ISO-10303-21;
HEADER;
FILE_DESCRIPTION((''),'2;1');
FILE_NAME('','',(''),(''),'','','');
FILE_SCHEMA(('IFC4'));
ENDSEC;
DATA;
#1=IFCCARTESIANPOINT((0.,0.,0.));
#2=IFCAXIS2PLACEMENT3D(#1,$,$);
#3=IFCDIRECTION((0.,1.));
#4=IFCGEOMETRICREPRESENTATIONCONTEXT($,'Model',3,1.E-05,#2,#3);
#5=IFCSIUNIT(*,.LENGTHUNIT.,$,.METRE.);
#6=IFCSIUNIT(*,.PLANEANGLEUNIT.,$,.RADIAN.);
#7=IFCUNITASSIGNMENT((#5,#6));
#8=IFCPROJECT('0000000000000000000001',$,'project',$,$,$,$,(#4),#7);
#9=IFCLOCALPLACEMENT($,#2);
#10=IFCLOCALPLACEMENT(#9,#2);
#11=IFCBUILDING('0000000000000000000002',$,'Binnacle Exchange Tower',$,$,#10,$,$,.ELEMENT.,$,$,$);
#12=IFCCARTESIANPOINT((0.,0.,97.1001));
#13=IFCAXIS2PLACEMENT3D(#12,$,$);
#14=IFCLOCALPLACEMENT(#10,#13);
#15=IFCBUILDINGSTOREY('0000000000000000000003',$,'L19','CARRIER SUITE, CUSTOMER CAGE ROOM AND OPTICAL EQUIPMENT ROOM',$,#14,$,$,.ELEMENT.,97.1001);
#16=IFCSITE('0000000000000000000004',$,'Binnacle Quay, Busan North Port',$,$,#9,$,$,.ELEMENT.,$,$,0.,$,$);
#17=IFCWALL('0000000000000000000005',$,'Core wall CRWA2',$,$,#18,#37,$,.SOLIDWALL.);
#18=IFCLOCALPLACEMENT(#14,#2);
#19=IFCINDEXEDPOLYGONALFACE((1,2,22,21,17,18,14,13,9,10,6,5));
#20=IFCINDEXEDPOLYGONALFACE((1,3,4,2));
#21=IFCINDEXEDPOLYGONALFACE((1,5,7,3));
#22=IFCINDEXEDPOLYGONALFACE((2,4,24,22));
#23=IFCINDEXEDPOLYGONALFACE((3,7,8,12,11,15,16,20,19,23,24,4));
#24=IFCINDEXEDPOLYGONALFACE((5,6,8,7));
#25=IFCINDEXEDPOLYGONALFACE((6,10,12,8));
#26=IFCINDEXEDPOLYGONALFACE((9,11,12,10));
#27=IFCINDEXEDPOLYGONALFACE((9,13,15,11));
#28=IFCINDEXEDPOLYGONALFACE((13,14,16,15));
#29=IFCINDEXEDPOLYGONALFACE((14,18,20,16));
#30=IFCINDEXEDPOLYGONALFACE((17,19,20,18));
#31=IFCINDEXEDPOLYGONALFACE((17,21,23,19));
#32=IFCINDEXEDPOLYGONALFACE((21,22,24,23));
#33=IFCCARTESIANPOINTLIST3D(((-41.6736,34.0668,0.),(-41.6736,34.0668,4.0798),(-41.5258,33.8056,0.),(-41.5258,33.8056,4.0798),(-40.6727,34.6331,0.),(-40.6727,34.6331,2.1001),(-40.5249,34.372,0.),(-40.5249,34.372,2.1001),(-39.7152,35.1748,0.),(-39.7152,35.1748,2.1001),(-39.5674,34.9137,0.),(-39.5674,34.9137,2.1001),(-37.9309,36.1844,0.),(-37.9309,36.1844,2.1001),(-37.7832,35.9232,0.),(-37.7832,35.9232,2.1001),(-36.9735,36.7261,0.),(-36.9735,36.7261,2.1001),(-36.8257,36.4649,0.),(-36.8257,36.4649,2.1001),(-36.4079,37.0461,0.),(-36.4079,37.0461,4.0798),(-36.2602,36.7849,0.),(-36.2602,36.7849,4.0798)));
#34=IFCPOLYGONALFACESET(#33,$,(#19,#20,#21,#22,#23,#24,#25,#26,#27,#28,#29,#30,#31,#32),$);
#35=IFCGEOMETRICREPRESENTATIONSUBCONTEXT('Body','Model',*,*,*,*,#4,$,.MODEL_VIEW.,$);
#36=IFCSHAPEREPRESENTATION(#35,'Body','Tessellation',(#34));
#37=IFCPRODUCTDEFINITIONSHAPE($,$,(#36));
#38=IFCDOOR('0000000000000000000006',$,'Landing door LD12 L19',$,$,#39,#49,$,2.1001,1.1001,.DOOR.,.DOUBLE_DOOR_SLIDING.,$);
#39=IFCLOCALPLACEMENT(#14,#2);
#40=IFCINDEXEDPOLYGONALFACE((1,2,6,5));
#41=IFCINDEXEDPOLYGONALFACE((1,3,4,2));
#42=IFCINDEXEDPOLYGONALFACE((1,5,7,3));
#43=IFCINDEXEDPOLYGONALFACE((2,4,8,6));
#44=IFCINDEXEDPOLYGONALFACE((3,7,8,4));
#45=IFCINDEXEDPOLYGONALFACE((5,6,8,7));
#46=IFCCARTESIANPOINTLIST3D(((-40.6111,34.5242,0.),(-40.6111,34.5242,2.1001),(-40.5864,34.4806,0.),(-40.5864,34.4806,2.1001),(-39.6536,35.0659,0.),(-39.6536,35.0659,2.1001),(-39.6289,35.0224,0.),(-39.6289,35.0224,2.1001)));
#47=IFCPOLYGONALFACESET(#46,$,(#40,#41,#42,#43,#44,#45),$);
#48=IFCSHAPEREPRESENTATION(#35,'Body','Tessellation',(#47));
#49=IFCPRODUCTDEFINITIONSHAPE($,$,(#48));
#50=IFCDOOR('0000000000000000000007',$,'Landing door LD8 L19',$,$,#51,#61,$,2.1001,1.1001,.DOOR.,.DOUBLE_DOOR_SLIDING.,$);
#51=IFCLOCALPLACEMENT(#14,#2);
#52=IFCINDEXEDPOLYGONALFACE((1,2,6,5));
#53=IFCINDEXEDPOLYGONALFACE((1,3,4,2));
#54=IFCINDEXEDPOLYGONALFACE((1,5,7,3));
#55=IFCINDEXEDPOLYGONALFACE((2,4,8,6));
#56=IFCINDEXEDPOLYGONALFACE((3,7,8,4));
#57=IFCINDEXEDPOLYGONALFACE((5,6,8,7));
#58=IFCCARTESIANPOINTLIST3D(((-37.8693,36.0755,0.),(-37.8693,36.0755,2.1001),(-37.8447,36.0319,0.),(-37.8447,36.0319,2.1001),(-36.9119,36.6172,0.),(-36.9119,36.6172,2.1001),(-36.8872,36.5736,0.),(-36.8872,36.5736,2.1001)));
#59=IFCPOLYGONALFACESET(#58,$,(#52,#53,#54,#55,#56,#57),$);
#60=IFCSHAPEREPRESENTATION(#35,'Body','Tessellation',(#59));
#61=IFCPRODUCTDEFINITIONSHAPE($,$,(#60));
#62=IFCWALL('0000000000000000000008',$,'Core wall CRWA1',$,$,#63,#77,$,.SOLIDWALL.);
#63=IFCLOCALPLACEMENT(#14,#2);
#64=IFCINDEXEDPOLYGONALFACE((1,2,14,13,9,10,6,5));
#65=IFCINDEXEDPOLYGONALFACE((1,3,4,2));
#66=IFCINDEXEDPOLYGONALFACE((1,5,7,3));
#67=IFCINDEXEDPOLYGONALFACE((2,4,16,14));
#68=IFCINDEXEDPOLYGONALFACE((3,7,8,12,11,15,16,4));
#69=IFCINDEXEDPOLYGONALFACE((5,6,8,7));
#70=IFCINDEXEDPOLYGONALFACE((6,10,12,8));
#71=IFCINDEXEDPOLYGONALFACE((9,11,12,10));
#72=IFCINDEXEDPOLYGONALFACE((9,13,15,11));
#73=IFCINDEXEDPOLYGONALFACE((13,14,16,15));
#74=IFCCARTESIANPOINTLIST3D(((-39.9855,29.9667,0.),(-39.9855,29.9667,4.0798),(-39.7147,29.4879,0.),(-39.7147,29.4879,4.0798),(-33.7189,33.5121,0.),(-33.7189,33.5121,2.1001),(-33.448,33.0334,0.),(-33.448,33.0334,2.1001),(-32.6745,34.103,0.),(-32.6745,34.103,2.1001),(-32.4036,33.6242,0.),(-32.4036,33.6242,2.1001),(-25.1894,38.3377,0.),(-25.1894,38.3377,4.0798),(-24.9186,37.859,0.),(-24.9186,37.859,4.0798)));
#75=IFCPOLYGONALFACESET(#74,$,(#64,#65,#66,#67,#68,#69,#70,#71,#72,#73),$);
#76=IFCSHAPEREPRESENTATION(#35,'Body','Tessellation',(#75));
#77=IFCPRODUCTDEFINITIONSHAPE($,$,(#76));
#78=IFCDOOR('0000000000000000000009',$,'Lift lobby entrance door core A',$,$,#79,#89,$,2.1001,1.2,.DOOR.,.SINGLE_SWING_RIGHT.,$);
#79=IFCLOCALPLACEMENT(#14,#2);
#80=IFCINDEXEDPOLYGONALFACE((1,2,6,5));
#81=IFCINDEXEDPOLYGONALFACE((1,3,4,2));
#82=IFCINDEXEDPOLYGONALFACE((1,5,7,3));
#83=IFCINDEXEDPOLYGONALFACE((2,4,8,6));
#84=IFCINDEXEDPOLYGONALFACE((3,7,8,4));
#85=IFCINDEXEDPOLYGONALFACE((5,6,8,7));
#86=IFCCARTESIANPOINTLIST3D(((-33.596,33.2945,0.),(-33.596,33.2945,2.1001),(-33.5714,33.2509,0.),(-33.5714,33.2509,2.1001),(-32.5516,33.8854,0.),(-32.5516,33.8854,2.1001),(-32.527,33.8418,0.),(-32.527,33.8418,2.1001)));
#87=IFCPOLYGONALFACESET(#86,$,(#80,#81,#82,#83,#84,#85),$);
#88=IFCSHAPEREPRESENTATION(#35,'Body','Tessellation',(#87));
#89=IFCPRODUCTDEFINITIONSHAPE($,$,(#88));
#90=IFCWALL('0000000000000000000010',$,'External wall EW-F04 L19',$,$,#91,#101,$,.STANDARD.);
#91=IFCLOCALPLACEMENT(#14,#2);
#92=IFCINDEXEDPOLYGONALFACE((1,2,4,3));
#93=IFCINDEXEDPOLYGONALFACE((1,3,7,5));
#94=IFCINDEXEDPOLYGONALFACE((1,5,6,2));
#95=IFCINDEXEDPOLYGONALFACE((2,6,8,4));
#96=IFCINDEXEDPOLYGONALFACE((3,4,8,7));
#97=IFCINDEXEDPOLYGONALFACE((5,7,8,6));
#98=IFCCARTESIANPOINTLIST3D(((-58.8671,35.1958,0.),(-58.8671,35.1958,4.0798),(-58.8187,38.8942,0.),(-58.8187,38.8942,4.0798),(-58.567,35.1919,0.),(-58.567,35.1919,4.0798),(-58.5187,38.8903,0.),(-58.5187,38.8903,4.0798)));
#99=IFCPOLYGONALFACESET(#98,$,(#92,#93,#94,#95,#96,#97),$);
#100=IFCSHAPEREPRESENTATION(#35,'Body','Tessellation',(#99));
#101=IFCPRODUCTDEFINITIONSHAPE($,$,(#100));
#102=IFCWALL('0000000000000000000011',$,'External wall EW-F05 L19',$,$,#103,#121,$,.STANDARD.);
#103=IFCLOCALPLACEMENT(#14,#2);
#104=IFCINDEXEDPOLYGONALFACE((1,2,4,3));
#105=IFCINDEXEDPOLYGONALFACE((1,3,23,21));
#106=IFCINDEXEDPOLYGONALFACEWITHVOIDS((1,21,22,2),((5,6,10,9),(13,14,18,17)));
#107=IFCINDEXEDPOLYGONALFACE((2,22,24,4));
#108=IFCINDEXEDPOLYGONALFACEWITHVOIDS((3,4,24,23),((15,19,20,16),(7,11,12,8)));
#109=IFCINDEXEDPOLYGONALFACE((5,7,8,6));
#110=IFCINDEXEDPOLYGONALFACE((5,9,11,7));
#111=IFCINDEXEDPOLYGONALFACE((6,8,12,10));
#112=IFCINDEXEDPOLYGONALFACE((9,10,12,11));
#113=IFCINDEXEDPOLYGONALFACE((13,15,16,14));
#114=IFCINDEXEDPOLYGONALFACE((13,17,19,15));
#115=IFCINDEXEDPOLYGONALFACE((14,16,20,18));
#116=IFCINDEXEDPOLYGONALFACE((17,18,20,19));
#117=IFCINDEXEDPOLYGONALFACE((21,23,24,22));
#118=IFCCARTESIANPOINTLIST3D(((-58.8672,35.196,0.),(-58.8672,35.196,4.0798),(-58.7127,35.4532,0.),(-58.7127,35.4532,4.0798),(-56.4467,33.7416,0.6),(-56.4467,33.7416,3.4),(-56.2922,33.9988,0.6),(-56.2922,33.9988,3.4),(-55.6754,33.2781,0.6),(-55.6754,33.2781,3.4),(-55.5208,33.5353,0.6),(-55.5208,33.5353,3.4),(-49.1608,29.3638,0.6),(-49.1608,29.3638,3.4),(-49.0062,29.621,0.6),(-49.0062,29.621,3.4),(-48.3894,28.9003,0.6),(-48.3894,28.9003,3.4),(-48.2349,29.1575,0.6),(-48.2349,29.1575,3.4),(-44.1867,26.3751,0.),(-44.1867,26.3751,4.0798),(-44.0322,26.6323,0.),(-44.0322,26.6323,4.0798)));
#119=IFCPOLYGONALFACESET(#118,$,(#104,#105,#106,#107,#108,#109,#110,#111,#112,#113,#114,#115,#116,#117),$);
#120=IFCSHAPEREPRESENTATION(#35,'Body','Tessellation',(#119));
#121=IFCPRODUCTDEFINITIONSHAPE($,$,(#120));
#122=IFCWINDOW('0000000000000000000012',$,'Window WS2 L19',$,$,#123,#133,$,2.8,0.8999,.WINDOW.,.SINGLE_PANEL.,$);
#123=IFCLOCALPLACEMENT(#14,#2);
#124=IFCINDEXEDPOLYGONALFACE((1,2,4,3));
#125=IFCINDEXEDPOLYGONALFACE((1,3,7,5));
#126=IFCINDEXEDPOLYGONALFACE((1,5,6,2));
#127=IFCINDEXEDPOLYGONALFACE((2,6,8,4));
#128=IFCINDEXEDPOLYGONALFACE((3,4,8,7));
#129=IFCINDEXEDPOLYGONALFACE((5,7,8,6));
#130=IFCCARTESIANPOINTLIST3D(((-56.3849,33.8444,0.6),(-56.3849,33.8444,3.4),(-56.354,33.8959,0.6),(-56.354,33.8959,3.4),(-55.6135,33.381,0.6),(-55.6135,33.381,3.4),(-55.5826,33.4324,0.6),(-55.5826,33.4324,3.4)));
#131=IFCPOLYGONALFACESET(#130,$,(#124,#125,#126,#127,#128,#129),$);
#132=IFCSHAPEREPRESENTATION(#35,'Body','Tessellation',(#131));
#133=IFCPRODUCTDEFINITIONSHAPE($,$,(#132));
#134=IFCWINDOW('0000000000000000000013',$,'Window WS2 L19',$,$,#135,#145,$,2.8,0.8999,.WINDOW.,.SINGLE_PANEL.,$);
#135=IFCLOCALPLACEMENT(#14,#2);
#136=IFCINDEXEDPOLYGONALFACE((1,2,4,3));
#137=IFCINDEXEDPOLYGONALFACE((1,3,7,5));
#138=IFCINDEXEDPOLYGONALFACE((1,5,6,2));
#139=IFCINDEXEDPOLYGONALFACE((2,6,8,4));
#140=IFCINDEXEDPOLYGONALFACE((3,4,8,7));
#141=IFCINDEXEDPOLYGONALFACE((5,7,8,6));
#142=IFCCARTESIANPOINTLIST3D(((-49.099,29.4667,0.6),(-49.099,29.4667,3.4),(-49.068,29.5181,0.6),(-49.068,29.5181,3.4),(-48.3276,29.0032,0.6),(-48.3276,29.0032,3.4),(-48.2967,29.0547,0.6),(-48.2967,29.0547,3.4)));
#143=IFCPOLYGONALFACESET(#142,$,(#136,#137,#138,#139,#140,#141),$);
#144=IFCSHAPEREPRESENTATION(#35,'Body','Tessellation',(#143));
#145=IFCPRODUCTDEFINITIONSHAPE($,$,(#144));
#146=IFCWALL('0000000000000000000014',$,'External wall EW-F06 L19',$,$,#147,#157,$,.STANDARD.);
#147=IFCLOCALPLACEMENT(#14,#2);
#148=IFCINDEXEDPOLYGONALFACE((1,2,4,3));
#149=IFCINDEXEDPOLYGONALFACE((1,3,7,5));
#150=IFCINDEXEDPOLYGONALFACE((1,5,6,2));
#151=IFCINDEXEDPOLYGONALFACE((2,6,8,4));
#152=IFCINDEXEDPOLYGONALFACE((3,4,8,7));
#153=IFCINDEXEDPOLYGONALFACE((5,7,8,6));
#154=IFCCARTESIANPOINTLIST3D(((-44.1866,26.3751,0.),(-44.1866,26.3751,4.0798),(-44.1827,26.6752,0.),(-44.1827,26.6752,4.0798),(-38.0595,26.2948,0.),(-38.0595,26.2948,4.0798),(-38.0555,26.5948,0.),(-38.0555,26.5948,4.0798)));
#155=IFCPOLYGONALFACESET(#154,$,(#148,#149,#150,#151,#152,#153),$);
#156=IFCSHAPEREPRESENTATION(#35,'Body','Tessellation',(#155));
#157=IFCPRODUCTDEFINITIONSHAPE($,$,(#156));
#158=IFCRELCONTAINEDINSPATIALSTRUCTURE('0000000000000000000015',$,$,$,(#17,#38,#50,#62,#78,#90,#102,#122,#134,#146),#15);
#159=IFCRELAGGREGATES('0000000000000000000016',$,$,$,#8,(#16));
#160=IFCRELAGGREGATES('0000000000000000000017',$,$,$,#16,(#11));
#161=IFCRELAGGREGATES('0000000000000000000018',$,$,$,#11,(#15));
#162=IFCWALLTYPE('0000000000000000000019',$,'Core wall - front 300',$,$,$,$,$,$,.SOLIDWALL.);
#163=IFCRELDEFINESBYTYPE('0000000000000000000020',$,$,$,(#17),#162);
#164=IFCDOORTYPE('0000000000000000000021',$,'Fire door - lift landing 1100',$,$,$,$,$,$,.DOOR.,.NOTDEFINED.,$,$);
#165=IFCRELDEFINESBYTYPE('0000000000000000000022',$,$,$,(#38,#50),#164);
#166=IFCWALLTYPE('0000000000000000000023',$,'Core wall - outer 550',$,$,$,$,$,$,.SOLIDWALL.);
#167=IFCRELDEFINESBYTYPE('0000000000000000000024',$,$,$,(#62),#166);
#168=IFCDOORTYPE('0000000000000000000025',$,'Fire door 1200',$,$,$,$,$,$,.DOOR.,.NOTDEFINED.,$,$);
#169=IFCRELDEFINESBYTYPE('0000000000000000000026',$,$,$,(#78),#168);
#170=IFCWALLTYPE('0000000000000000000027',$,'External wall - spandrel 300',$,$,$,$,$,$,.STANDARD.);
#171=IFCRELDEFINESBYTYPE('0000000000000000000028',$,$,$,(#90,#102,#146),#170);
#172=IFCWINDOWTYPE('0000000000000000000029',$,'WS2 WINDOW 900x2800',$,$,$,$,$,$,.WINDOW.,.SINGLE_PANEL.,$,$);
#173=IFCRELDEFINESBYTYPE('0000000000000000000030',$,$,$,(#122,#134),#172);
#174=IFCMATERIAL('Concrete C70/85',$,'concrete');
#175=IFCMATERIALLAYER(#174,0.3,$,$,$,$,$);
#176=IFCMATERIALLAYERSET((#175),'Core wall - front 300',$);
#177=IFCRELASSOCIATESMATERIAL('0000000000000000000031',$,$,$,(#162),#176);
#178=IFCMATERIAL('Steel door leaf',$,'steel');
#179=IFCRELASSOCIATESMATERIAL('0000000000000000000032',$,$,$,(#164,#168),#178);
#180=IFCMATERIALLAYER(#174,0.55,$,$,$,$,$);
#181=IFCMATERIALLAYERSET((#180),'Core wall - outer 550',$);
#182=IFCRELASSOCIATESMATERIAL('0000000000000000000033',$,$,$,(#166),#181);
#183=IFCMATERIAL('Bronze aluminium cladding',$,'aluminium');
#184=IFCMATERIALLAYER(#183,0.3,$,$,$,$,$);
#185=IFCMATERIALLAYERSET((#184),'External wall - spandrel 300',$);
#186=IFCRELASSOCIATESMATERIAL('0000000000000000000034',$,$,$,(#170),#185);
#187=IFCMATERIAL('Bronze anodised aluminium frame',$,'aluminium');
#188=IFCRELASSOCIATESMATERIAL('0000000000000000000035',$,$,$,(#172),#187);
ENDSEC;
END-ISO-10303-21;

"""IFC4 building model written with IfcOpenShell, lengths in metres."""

from ifc_helpers import new_model, si_unit, direction, frame, frame_2d, origin, place, context, subcontext, project, spatial, rectangle, extrude, material, layer, layer_set, type_object, element, fill, save


model = new_model("IFC4")

# Units and contexts
model_context = context("Model", 3, precision=1e-05, world=origin(), true_north=direction((0.0, 1.0)))
body_context = subcontext(model_context, "Body", "Model", "MODEL_VIEW")
ifc_project = project(units=[si_unit("LENGTHUNIT", "METRE"), si_unit("PLANEANGLEUNIT", "RADIAN")], contexts=[model_context])

# Site, building, storey
site_placement = place(None, origin())
site = spatial("IfcSite", under=ifc_project, at=site_placement, Name="Binnacle Quay, Busan North Port", CompositionType="ELEMENT", RefElevation=0.0)
building_placement = place(site_placement, origin())
building = spatial("IfcBuilding", under=site, at=building_placement, Name="Binnacle Exchange Tower", CompositionType="ELEMENT")
storey_placement = place(building_placement, frame((0.0, 0.0, 97.1001)))
storey = spatial("IfcBuildingStorey", under=building, at=storey_placement, Name="L19", Description="CARRIER SUITE, CUSTOMER CAGE ROOM AND OPTICAL EQUIPMENT ROOM", CompositionType="ELEMENT", Elevation=97.1001)

# Shared definitions
ifc_material_1 = material(Name="Concrete C70/85", Category="concrete")

# Wall, openings, doors
ifc_layer_1 = layer(ifc_material_1, 0.3)
ifc_layer_set_1 = layer_set([ifc_layer_1], Name="Core wall - front 300")
wall_type_1 = type_object("IfcWallType", Name="Core wall - front 300", PredefinedType="SOLIDWALL", material=ifc_layer_set_1)
wall_1_placement = place(storey_placement, frame((-41.5996, 33.9363, 0.0), z_axis=(0.0, 0.0, 1.0), x_axis=(0.870349, 0.492436, 0.0)))
wall_1 = element("IfcWall", 1, at=wall_1_placement, inside=storey, type_object=wall_type_1, Name="Core wall CRWA2", PredefinedType="SOLIDWALL", context=body_context, shape_type="SweptSolid", body=[
    extrude(rectangle(XDim=6.05, YDim=0.3, at=frame_2d((3.0249, 0.0))), origin(), (0.0, 0.0, 1.0), 4.0798),
])
opening_1_placement = place(wall_1_placement, frame((1.1499, 0.0, 0.0)))
opening_1 = element("IfcOpeningElement", 2, at=opening_1_placement, cuts=wall_1, PredefinedType="OPENING", context=body_context, shape_type="SweptSolid", body=[
    extrude(rectangle(XDim=1.1001, YDim=2.1001, at=frame_2d((0.55, 1.05))), frame((0.0, 0.1599, 0.0), z_axis=(0.0, -1.0, 0.0), x_axis=(1.0, 0.0, 0.0)), (0.0, 0.0, 1.0), 0.3201),
])
opening_2_placement = place(wall_1_placement, frame((4.3, 0.0, 0.0)))
opening_2 = element("IfcOpeningElement", 3, at=opening_2_placement, cuts=wall_1, PredefinedType="OPENING", context=body_context, shape_type="SweptSolid", body=[
    extrude(rectangle(XDim=1.1001, YDim=2.1001, at=frame_2d((0.55, 1.05))), frame((0.0, 0.1599, 0.0), z_axis=(0.0, -1.0, 0.0), x_axis=(1.0, 0.0, 0.0)), (0.0, 0.0, 1.0), 0.3201),
])
ifc_material_2 = material(Name="Steel door leaf", Category="steel")
door_type_1 = type_object("IfcDoorType", Name="Fire door - lift landing 1100", OperationType="NOTDEFINED", PredefinedType="DOOR", material=ifc_material_2)
door_1_placement = place(opening_1_placement, origin())
door_1 = element("IfcDoor", 4, at=door_1_placement, inside=storey, type_object=door_type_1, Name="Landing door LD12 L19", OperationType="DOUBLE_DOOR_SLIDING", OverallHeight=2.1001, OverallWidth=1.1001, PredefinedType="DOOR", context=body_context, shape_type="SweptSolid", body=[
    extrude(rectangle(XDim=1.1001, YDim=2.1001, at=frame_2d((0.55, 1.05))), frame((0.0, 0.0249, 0.0), z_axis=(0.0, -1.0, 0.0), x_axis=(1.0, 0.0, 0.0)), (0.0, 0.0, 1.0), 0.05),
])
fill(opening_1, door_1)
door_2_placement = place(opening_2_placement, origin())
door_2 = element("IfcDoor", 5, at=door_2_placement, inside=storey, type_object=door_type_1, Name="Landing door LD8 L19", OperationType="DOUBLE_DOOR_SLIDING", OverallHeight=2.1001, OverallWidth=1.1001, PredefinedType="DOOR", context=body_context, shape_type="SweptSolid", body=[
    extrude(rectangle(XDim=1.1001, YDim=2.1001, at=frame_2d((0.55, 1.05))), frame((0.0, 0.0249, 0.0), z_axis=(0.0, -1.0, 0.0), x_axis=(1.0, 0.0, 0.0)), (0.0, 0.0, 1.0), 0.05),
])
fill(opening_2, door_2)

# Wall, opening, door
ifc_layer_2 = layer(ifc_material_1, 0.55)
ifc_layer_set_2 = layer_set([ifc_layer_2], Name="Core wall - outer 550")
wall_type_2 = type_object("IfcWallType", Name="Core wall - outer 550", PredefinedType="SOLIDWALL", material=ifc_layer_set_2)
wall_2_placement = place(storey_placement, frame((-39.8501, 29.7273, 0.0), z_axis=(0.0, 0.0, 1.0), x_axis=(0.87036, 0.492416, 0.0)))
wall_2 = element("IfcWall", 6, at=wall_2_placement, inside=storey, type_object=wall_type_2, Name="Core wall CRWA1", PredefinedType="SOLIDWALL", context=body_context, shape_type="SweptSolid", body=[
    extrude(rectangle(XDim=17.0, YDim=0.55, at=frame_2d((8.5, 0.0))), origin(), (0.0, 0.0, 1.0), 4.0798),
])
opening_3_placement = place(wall_2_placement, frame((7.2, 0.0, 0.0)))
opening_3 = element("IfcOpeningElement", 7, at=opening_3_placement, cuts=wall_2, PredefinedType="OPENING", context=body_context, shape_type="SweptSolid", body=[
    extrude(rectangle(XDim=1.2, YDim=2.1001, at=frame_2d((0.6001, 1.05))), frame((0.0, 0.2849, 0.0), z_axis=(0.0, -1.0, 0.0), x_axis=(1.0, 0.0, 0.0)), (0.0, 0.0, 1.0), 0.5701),
])
door_type_2 = type_object("IfcDoorType", Name="Fire door 1200", OperationType="NOTDEFINED", PredefinedType="DOOR", material=ifc_material_2)
door_3_placement = place(opening_3_placement, frame((1.2, 0.0, 0.0), z_axis=(0.0, 0.0, 1.0), x_axis=(-1.0, 0.0, 0.0)))
door_3 = element("IfcDoor", 8, at=door_3_placement, inside=storey, type_object=door_type_2, Name="Lift lobby entrance door core A", OperationType="SINGLE_SWING_RIGHT", OverallHeight=2.1001, OverallWidth=1.2, PredefinedType="DOOR", context=body_context, shape_type="SweptSolid", body=[
    extrude(rectangle(XDim=1.2, YDim=2.1001, at=frame_2d((0.6001, 1.05))), frame((0.0, 0.0249, 0.0), z_axis=(0.0, -1.0, 0.0), x_axis=(1.0, 0.0, 0.0)), (0.0, 0.0, 1.0), 0.05),
])
fill(opening_3, door_3)

# Wall
ifc_material_3 = material(Name="Bronze aluminium cladding", Category="aluminium")
ifc_layer_3 = layer(ifc_material_3, 0.3)
ifc_layer_set_3 = layer_set([ifc_layer_3], Name="External wall - spandrel 300")
wall_type_3 = type_object("IfcWallType", Name="External wall - spandrel 300", PredefinedType="STANDARD", material=ifc_layer_set_3)
wall_3_placement = place(storey_placement, frame((-58.717, 35.1938, 0.0), z_axis=(0.0, 0.0, 1.0), x_axis=(0.013069, 0.999915, 0.0)))
element("IfcWall", 9, at=wall_3_placement, inside=storey, type_object=wall_type_3, Name="External wall EW-F04 L19", PredefinedType="STANDARD", context=body_context, shape_type="SweptSolid", body=[
    extrude(rectangle(XDim=3.6987, YDim=0.3, at=frame_2d((1.8494, 0.0))), origin(), (0.0, 0.0, 1.0), 4.0798),
])

# Wall, openings, windows
wall_4_placement = place(storey_placement, frame((-44.1094, 26.5037, 0.0), z_axis=(0.0, 0.0, 1.0), x_axis=(-0.85717, 0.515034, 0.0)))
wall_4 = element("IfcWall", 10, at=wall_4_placement, inside=storey, type_object=wall_type_3, Name="External wall EW-F05 L19", PredefinedType="STANDARD", context=body_context, shape_type="SweptSolid", body=[
    extrude(rectangle(XDim=17.1267, YDim=0.3, at=frame_2d((8.5635, 0.0))), origin(), (0.0, 0.0, 1.0), 4.0798),
])
opening_4_placement = place(wall_4_placement, frame((13.4031, 0.0, 0.6001)))
opening_4 = element("IfcOpeningElement", 11, at=opening_4_placement, cuts=wall_4, PredefinedType="OPENING", context=body_context, shape_type="SweptSolid", body=[
    extrude(rectangle(XDim=0.8999, YDim=2.8, at=frame_2d((0.45, 1.3999))), frame((0.0, 0.1599, 0.0), z_axis=(0.0, -1.0, 0.0), x_axis=(1.0, 0.0, 0.0)), (0.0, 0.0, 1.0), 0.3201),
])
opening_5_placement = place(wall_4_placement, frame((4.9031, 0.0, 0.6001)))
opening_5 = element("IfcOpeningElement", 12, at=opening_5_placement, cuts=wall_4, PredefinedType="OPENING", context=body_context, shape_type="SweptSolid", body=[
    extrude(rectangle(XDim=0.8999, YDim=2.8, at=frame_2d((0.45, 1.3999))), frame((0.0, 0.1599, 0.0), z_axis=(0.0, -1.0, 0.0), x_axis=(1.0, 0.0, 0.0)), (0.0, 0.0, 1.0), 0.3201),
])
ifc_material_4 = material(Name="Bronze anodised aluminium frame", Category="aluminium")
window_type = type_object("IfcWindowType", Name="WS2 WINDOW 900x2800", PartitioningType="SINGLE_PANEL", PredefinedType="WINDOW", material=ifc_material_4)
window_1_placement = place(opening_4_placement, origin())
window_1 = element("IfcWindow", 13, at=window_1_placement, inside=storey, type_object=window_type, Name="Window WS2 L19", OverallHeight=2.8, OverallWidth=0.8999, PartitioningType="SINGLE_PANEL", PredefinedType="WINDOW", context=body_context, shape_type="SweptSolid", body=[
    extrude(rectangle(XDim=0.8999, YDim=2.8, at=frame_2d((0.45, 1.3999))), frame((0.0, 0.03, 0.0), z_axis=(0.0, -1.0, 0.0), x_axis=(1.0, 0.0, 0.0)), (0.0, 0.0, 1.0), 0.0601),
])
fill(opening_4, window_1)
window_2_placement = place(opening_5_placement, origin())
window_2 = element("IfcWindow", 14, at=window_2_placement, inside=storey, type_object=window_type, Name="Window WS2 L19", OverallHeight=2.8, OverallWidth=0.8999, PartitioningType="SINGLE_PANEL", PredefinedType="WINDOW", context=body_context, shape_type="SweptSolid", body=[
    extrude(rectangle(XDim=0.8999, YDim=2.8, at=frame_2d((0.45, 1.3999))), frame((0.0, 0.03, 0.0), z_axis=(0.0, -1.0, 0.0), x_axis=(1.0, 0.0, 0.0)), (0.0, 0.0, 1.0), 0.0601),
])
fill(opening_5, window_2)

# Wall
wall_5_placement = place(storey_placement, frame((-38.0574, 26.4448, 0.0), z_axis=(0.0, 0.0, 1.0), x_axis=(-0.999914, 0.013108, 0.0)))
element("IfcWall", 15, at=wall_5_placement, inside=storey, type_object=wall_type_3, Name="External wall EW-F06 L19", PredefinedType="STANDARD", context=body_context, shape_type="SweptSolid", body=[
    extrude(rectangle(XDim=6.1277, YDim=0.3, at=frame_2d((3.064, 0.0))), origin(), (0.0, 0.0, 1.0), 4.0798),
])

save(model, "model.ifc")
